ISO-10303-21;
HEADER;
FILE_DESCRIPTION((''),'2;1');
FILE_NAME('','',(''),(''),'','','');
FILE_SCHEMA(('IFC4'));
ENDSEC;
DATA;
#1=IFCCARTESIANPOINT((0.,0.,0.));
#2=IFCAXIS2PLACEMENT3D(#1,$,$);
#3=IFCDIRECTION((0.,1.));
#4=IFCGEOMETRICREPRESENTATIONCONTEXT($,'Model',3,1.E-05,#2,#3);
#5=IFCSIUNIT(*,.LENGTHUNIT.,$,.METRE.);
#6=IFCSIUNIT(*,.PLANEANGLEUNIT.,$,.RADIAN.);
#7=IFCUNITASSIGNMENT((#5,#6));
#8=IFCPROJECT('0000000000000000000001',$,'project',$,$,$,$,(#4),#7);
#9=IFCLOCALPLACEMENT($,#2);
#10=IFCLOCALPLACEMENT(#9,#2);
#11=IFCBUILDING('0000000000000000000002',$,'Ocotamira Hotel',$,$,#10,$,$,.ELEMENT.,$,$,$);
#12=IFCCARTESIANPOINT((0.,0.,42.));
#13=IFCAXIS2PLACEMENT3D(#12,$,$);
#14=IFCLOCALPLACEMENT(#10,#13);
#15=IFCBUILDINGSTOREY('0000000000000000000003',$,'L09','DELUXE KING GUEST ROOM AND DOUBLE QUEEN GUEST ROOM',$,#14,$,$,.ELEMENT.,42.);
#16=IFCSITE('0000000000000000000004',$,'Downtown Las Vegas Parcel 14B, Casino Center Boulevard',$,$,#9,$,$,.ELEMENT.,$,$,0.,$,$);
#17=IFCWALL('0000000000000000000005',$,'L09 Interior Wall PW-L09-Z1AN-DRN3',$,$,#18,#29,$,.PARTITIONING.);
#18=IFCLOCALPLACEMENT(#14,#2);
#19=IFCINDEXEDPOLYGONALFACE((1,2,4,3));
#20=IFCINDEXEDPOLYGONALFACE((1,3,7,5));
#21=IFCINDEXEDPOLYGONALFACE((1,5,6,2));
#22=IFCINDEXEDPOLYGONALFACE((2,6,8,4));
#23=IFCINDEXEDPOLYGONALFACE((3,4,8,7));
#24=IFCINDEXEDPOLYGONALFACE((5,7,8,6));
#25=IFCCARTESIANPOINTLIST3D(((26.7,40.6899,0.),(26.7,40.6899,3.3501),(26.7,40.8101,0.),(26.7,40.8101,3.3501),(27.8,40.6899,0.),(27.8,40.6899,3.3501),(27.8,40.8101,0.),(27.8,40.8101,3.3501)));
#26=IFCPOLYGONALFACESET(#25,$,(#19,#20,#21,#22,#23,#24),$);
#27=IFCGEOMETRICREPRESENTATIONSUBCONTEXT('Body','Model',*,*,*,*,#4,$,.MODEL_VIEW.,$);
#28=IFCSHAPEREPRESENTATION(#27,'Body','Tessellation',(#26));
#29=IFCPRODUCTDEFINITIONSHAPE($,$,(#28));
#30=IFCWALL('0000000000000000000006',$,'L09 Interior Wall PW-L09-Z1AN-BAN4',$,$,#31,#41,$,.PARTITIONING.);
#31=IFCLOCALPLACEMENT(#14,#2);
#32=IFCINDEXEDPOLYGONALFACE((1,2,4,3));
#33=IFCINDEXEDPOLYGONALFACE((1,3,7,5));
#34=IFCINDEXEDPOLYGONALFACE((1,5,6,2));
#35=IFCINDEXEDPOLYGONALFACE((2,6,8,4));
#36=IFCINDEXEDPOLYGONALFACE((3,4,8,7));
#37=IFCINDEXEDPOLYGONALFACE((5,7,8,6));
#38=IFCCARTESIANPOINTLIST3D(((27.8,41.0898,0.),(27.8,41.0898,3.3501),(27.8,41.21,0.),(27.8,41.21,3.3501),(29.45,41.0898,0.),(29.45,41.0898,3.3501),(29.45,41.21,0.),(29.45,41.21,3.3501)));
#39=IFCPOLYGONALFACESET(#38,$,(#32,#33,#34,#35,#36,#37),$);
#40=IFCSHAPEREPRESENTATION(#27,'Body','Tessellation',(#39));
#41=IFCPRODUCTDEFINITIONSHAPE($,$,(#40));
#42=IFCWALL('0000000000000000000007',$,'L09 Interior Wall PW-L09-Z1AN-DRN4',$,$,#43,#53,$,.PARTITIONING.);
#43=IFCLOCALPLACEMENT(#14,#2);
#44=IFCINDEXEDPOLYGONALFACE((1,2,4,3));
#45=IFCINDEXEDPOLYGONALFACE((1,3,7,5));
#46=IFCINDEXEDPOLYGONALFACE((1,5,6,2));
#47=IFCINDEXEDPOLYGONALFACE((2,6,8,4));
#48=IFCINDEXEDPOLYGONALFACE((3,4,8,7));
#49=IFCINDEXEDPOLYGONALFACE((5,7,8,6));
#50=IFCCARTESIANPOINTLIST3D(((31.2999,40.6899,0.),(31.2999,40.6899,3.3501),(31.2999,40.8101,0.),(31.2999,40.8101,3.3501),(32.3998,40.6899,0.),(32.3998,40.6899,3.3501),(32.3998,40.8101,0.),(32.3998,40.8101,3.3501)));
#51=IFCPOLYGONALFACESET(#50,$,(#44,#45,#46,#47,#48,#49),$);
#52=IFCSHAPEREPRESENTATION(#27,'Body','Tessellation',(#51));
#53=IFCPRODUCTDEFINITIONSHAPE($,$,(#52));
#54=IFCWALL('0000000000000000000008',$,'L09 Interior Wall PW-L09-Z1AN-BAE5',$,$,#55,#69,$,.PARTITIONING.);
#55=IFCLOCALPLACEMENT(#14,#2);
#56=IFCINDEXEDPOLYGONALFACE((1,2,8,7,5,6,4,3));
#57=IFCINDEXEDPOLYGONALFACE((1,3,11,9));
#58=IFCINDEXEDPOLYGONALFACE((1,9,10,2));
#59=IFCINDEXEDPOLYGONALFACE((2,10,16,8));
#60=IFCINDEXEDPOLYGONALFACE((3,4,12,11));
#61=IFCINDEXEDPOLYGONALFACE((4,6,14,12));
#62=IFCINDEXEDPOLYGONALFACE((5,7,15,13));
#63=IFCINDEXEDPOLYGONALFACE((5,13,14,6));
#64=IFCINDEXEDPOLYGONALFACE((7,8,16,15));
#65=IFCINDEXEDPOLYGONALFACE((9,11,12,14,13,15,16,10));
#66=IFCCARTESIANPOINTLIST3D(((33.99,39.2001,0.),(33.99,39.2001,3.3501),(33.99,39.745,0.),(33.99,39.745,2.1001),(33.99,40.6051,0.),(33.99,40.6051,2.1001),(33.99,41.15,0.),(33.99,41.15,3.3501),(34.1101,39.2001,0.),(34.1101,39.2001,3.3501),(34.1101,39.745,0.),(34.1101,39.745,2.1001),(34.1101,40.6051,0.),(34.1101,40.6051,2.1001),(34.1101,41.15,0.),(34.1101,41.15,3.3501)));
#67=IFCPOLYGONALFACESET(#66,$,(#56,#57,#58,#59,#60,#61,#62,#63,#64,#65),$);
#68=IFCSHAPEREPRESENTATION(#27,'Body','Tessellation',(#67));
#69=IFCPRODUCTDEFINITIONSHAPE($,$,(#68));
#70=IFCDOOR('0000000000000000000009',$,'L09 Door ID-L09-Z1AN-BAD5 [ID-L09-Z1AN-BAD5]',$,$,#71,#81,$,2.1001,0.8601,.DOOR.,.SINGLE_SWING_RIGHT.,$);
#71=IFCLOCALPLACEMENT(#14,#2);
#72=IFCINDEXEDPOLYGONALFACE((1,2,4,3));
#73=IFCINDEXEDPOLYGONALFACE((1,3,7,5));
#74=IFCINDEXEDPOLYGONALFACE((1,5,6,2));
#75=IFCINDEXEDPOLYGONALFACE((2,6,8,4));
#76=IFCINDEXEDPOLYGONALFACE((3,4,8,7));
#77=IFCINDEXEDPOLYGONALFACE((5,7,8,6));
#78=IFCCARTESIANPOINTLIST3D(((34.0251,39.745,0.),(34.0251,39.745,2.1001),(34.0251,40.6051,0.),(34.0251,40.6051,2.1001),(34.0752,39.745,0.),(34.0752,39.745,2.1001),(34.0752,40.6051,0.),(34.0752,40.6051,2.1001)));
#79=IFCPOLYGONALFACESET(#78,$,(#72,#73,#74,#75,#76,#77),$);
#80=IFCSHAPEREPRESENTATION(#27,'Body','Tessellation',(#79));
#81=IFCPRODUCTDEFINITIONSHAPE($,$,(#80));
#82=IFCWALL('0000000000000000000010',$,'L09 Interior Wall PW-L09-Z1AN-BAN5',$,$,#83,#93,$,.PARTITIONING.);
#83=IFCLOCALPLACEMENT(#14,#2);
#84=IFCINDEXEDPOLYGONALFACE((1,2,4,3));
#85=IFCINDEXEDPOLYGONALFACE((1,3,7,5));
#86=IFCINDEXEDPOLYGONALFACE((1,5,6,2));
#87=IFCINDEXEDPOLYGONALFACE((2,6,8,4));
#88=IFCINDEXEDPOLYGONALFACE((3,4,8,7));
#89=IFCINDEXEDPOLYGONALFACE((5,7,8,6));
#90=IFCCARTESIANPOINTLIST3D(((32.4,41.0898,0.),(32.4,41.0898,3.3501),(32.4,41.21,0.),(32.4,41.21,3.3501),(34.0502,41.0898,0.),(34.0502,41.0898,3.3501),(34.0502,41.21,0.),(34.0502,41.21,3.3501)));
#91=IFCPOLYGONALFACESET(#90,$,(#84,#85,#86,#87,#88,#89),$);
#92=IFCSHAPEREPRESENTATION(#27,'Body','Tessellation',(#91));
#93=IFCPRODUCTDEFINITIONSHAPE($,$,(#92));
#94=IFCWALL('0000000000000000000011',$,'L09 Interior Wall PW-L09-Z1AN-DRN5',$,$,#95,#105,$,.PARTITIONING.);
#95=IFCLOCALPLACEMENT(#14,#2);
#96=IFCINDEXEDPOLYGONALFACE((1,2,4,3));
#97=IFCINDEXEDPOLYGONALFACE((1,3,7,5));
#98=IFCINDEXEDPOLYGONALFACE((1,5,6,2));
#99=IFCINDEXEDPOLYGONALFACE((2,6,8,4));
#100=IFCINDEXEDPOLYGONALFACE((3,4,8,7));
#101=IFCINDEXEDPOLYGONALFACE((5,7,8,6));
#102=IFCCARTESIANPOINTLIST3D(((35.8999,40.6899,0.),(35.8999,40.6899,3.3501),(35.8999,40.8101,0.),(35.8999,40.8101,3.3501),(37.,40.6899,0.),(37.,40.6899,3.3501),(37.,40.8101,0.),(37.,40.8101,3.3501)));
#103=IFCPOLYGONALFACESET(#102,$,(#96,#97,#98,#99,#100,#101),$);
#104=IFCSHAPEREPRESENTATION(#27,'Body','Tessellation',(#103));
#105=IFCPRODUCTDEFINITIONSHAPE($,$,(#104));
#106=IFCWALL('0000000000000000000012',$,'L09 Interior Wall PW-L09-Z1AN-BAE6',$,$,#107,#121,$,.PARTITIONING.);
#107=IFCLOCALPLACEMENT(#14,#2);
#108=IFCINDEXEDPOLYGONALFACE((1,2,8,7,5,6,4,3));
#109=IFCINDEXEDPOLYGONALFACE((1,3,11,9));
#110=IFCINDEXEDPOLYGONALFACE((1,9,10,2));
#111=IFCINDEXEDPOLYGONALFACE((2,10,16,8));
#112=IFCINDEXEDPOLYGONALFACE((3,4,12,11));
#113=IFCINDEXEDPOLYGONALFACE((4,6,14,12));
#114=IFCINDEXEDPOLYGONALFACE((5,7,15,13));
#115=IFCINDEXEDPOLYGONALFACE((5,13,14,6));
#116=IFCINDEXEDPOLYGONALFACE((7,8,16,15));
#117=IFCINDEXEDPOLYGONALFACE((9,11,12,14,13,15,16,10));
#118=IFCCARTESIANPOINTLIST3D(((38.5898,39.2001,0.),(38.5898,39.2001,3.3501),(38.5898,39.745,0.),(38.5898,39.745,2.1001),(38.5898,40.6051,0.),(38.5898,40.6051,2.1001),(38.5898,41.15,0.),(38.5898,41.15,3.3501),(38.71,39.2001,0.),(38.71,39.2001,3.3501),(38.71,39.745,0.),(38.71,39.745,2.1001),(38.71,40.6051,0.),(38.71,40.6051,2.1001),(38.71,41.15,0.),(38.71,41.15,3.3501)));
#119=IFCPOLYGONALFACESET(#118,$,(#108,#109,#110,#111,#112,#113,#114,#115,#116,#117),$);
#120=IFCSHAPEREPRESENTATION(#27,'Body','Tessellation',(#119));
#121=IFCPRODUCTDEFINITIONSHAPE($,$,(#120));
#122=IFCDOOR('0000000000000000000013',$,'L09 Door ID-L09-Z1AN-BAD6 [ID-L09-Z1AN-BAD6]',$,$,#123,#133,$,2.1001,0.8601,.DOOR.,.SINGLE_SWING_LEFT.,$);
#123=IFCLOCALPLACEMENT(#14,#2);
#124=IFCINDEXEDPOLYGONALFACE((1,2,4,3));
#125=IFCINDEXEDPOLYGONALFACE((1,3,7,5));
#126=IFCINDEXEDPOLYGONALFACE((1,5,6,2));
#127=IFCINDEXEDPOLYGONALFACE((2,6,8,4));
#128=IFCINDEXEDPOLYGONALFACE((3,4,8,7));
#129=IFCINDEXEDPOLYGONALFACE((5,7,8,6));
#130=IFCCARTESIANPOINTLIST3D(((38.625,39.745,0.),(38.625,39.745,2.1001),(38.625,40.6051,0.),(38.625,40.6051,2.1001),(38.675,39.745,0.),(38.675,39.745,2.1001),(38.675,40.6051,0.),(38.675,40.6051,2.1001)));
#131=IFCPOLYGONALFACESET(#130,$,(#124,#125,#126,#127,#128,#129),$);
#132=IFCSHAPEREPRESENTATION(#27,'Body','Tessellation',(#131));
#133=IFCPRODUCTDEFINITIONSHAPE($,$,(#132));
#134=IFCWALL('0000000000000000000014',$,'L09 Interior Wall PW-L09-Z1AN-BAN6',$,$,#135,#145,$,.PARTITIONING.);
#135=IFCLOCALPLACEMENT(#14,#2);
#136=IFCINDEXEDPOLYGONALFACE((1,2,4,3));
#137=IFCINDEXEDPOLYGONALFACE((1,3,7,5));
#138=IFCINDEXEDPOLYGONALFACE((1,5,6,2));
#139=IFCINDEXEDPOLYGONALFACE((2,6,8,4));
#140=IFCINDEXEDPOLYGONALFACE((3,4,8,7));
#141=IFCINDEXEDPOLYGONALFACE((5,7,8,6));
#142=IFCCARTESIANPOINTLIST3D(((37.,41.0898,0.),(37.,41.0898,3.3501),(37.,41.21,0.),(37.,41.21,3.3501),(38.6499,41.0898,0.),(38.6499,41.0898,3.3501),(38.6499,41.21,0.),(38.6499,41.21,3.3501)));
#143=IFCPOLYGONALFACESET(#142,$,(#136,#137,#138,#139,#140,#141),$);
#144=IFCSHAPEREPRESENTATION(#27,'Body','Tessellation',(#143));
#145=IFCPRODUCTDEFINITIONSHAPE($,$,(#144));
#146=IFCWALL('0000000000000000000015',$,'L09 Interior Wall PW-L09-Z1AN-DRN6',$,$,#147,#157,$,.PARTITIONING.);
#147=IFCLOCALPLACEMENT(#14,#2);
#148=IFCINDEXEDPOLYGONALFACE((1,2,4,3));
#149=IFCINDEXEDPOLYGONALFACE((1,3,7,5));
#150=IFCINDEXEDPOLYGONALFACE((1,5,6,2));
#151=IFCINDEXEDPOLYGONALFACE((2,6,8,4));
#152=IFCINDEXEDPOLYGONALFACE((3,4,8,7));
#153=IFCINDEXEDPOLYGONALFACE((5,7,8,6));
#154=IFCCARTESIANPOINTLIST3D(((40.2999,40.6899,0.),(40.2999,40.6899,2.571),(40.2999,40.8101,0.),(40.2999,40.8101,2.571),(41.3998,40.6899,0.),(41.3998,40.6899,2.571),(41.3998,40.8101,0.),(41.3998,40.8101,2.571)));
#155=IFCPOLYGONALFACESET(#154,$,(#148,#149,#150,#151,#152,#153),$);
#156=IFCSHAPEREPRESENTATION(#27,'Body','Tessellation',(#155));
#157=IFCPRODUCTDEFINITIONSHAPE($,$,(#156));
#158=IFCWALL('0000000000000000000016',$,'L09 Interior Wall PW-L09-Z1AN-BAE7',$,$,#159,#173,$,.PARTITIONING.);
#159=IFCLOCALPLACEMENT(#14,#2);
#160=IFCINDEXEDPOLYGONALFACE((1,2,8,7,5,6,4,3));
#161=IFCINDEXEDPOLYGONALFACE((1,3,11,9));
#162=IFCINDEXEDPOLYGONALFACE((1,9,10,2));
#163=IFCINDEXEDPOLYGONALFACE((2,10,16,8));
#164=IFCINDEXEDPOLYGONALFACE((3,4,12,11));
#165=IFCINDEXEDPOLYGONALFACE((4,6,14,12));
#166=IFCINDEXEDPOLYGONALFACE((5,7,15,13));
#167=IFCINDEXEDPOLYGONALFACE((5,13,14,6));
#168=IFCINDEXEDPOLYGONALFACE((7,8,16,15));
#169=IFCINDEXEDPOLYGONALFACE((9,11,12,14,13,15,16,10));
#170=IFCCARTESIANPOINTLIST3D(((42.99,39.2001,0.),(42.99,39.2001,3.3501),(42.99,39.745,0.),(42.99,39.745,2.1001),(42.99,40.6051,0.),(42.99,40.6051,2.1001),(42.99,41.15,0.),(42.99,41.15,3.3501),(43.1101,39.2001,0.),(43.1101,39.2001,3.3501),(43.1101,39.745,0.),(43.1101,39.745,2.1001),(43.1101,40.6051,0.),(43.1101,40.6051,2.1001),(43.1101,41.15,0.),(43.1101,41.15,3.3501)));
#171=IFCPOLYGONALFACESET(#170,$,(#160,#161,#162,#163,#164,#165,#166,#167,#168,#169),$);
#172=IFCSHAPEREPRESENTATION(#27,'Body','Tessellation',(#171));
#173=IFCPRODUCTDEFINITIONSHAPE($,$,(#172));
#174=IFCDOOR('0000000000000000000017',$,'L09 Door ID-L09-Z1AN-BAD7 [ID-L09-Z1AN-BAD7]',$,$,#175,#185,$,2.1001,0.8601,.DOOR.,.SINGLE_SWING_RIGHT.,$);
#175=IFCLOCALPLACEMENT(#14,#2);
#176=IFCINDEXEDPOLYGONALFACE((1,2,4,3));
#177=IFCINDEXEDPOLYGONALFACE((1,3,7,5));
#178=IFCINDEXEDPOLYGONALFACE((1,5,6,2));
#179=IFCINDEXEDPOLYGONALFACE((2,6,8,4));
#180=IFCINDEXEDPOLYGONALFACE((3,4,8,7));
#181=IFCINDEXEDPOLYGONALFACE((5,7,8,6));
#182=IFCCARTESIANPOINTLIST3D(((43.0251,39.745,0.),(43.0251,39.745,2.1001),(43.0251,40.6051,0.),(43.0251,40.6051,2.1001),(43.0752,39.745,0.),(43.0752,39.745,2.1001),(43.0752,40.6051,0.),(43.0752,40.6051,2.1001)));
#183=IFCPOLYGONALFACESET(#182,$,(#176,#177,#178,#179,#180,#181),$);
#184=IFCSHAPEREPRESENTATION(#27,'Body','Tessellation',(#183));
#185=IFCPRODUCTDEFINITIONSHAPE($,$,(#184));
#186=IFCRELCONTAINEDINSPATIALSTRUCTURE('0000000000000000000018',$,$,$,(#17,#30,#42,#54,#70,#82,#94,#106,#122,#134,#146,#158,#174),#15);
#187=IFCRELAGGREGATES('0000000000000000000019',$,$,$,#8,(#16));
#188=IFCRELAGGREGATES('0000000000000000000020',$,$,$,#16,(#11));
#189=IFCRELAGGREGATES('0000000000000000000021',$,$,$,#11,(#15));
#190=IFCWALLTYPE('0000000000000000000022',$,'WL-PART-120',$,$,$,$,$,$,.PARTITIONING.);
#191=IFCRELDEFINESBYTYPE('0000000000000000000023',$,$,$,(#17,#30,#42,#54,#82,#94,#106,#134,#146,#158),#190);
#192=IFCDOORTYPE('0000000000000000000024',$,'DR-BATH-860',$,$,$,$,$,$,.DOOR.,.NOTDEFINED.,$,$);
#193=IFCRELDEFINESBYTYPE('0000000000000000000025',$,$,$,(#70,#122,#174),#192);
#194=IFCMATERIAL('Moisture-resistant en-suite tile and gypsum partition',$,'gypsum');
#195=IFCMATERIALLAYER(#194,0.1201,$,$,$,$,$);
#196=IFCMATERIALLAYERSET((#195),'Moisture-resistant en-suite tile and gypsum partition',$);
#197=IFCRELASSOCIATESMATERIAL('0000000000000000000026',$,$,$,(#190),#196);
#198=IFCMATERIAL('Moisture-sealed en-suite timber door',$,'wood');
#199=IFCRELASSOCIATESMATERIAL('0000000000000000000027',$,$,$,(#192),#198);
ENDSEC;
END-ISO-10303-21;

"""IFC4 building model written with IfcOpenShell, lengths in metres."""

from ifc_helpers import new_model, si_unit, direction, frame, frame_2d, origin, place, context, subcontext, project, spatial, rectangle, extrude, source, transform, mapped, material, layer, layer_set, type_object, element, fill, save


model = new_model("IFC4")

# Units and contexts
model_context = context("Model", 3, precision=1e-05, world=origin(), true_north=direction((0.0, 1.0)))
body_context = subcontext(model_context, "Body", "Model", "MODEL_VIEW")
ifc_project = project(units=[si_unit("LENGTHUNIT", "METRE"), si_unit("PLANEANGLEUNIT", "RADIAN")], contexts=[model_context])

# Site, building, storey
site_placement = place(None, origin())
site = spatial("IfcSite", under=ifc_project, at=site_placement, Name="Downtown Las Vegas Parcel 14B, Casino Center Boulevard", CompositionType="ELEMENT", RefElevation=0.0)
building_placement = place(site_placement, origin())
building = spatial("IfcBuilding", under=site, at=building_placement, Name="Ocotamira Hotel", CompositionType="ELEMENT")
storey_placement = place(building_placement, frame((0.0, 0.0, 42.0)))
storey = spatial("IfcBuildingStorey", under=building, at=storey_placement, Name="L09", Description="DELUXE KING GUEST ROOM AND DOUBLE QUEEN GUEST ROOM", CompositionType="ELEMENT", Elevation=42.0)

# Walls
ifc_material_1 = material(Name="Moisture-resistant en-suite tile and gypsum partition", Category="gypsum")
ifc_layer_1 = layer(ifc_material_1, 0.1201)
ifc_layer_set_1 = layer_set([ifc_layer_1], Name="Moisture-resistant en-suite tile and gypsum partition")
wall_type_1 = type_object("IfcWallType", Name="WL-PART-120", PredefinedType="PARTITIONING", material=ifc_layer_set_1)
wall_1_placement = place(storey_placement, frame((26.7, 40.75, 0.0), z_axis=(0.0, 0.0, 1.0), x_axis=(1.0, 0.0, 0.0)))
element("IfcWall", 1, at=wall_1_placement, inside=storey, type_object=wall_type_1, Name="L09 Interior Wall PW-L09-Z1AN-DRN3", PredefinedType="PARTITIONING", context=body_context, shape_type="SweptSolid", body=[
    extrude(rectangle(XDim=1.1001, YDim=0.1201, at=frame_2d((0.55, 0.0))), origin(), (0.0, 0.0, 1.0), 3.3501),
])
wall_2_placement = place(storey_placement, frame((27.8, 41.1499, 0.0), z_axis=(0.0, 0.0, 1.0), x_axis=(1.0, 0.0, 0.0)))
element("IfcWall", 2, at=wall_2_placement, inside=storey, type_object=wall_type_1, Name="L09 Interior Wall PW-L09-Z1AN-BAN4", PredefinedType="PARTITIONING", context=body_context, shape_type="SweptSolid", body=[
    extrude(rectangle(XDim=1.6499, YDim=0.1201, at=frame_2d((0.825, 0.0))), origin(), (0.0, 0.0, 1.0), 3.3501),
])
wall_3_placement = place(storey_placement, frame((31.3, 40.75, 0.0), z_axis=(0.0, 0.0, 1.0), x_axis=(1.0, 0.0, 0.0)))
element("IfcWall", 3, at=wall_3_placement, inside=storey, type_object=wall_type_1, Name="L09 Interior Wall PW-L09-Z1AN-DRN4", PredefinedType="PARTITIONING", context=body_context, shape_type="SweptSolid", body=[
    extrude(rectangle(XDim=1.0999, YDim=0.1201, at=frame_2d((0.5498, 0.0))), origin(), (0.0, 0.0, 1.0), 3.3501),
])

# Wall, opening, door
wall_4_placement = place(storey_placement, frame((34.05, 39.2, 0.0), z_axis=(0.0, 0.0, 1.0), x_axis=(0.0, 1.0, 0.0)))
wall_4 = element("IfcWall", 4, at=wall_4_placement, inside=storey, type_object=wall_type_1, Name="L09 Interior Wall PW-L09-Z1AN-BAE5", PredefinedType="PARTITIONING", context=body_context, shape_type="SweptSolid", body=[
    extrude(rectangle(XDim=1.95, YDim=0.1201, at=frame_2d((0.9751, 0.0))), origin(), (0.0, 0.0, 1.0), 3.3501),
])
opening_1_placement = place(wall_4_placement, frame((0.5449, 0.0, 0.0)))
opening_1 = element("IfcOpeningElement", 5, at=opening_1_placement, cuts=wall_4, PredefinedType="OPENING", context=body_context, shape_type="SweptSolid", body=[
    extrude(rectangle(XDim=0.8601, YDim=2.1001, at=frame_2d((0.4302, 1.05))), frame((0.0, 0.0701, 0.0), z_axis=(0.0, -1.0, 0.0), x_axis=(1.0, 0.0, 0.0)), (0.0, 0.0, 1.0), 0.1401),
])
ifc_material_2 = material(Name="Moisture-sealed en-suite timber door", Category="wood")
door_type = type_object("IfcDoorType", Name="DR-BATH-860", OperationType="NOTDEFINED", PredefinedType="DOOR", material=ifc_material_2)
shared_shape_1 = source(origin(), body_context, "Body", "SweptSolid", [
    extrude(rectangle(XDim=0.8601, YDim=2.1001, at=frame_2d((0.4302, 1.05))), frame((0.0, 0.0249, 0.0), z_axis=(0.0, -1.0, 0.0), x_axis=(1.0, 0.0, 0.0)), (0.0, 0.0, 1.0), 0.05),
])
door_1_placement = place(opening_1_placement, origin())
door_1 = element("IfcDoor", 6, at=door_1_placement, inside=storey, type_object=door_type, Name="L09 Door ID-L09-Z1AN-BAD5 [ID-L09-Z1AN-BAD5]", OperationType="SINGLE_SWING_RIGHT", OverallHeight=2.1001, OverallWidth=0.8601, PredefinedType="DOOR", context=body_context, shape_type="MappedRepresentation", body=[
    mapped(shared_shape_1, transform((0.0, 0.0, 0.0), scale=1.0)),
])
fill(opening_1, door_1)

# Walls
wall_5_placement = place(storey_placement, frame((32.3999, 41.1499, 0.0), z_axis=(0.0, 0.0, 1.0), x_axis=(1.0, 0.0, 0.0)))
element("IfcWall", 7, at=wall_5_placement, inside=storey, type_object=wall_type_1, Name="L09 Interior Wall PW-L09-Z1AN-BAN5", PredefinedType="PARTITIONING", context=body_context, shape_type="SweptSolid", body=[
    extrude(rectangle(XDim=1.6501, YDim=0.1201, at=frame_2d((0.8252, 0.0))), origin(), (0.0, 0.0, 1.0), 3.3501),
])
wall_6_placement = place(storey_placement, frame((35.8999, 40.75, 0.0), z_axis=(0.0, 0.0, 1.0), x_axis=(1.0, 0.0, 0.0)))
element("IfcWall", 8, at=wall_6_placement, inside=storey, type_object=wall_type_1, Name="L09 Interior Wall PW-L09-Z1AN-DRN5", PredefinedType="PARTITIONING", context=body_context, shape_type="SweptSolid", body=[
    extrude(rectangle(XDim=1.1001, YDim=0.1201, at=frame_2d((0.55, 0.0))), origin(), (0.0, 0.0, 1.0), 3.3501),
])

# Wall, opening, door
wall_7_placement = place(storey_placement, frame((38.6499, 39.2, 0.0), z_axis=(0.0, 0.0, 1.0), x_axis=(0.0, 1.0, 0.0)))
wall_7 = element("IfcWall", 9, at=wall_7_placement, inside=storey, type_object=wall_type_1, Name="L09 Interior Wall PW-L09-Z1AN-BAE6", PredefinedType="PARTITIONING", context=body_context, shape_type="SweptSolid", body=[
    extrude(rectangle(XDim=1.95, YDim=0.1201, at=frame_2d((0.9751, 0.0))), origin(), (0.0, 0.0, 1.0), 3.3501),
])
opening_2_placement = place(wall_7_placement, frame((0.5449, 0.0, 0.0)))
opening_2 = element("IfcOpeningElement", 10, at=opening_2_placement, cuts=wall_7, PredefinedType="OPENING", context=body_context, shape_type="SweptSolid", body=[
    extrude(rectangle(XDim=0.8601, YDim=2.1001, at=frame_2d((0.4302, 1.05))), frame((0.0, 0.0701, 0.0), z_axis=(0.0, -1.0, 0.0), x_axis=(1.0, 0.0, 0.0)), (0.0, 0.0, 1.0), 0.1401),
])
door_2_placement = place(opening_2_placement, origin())
door_2 = element("IfcDoor", 11, at=door_2_placement, inside=storey, type_object=door_type, Name="L09 Door ID-L09-Z1AN-BAD6 [ID-L09-Z1AN-BAD6]", OperationType="SINGLE_SWING_LEFT", OverallHeight=2.1001, OverallWidth=0.8601, PredefinedType="DOOR", context=body_context, shape_type="MappedRepresentation", body=[
    mapped(shared_shape_1, transform((0.0, 0.0, 0.0), scale=1.0)),
])
fill(opening_2, door_2)

# Walls
wall_8_placement = place(storey_placement, frame((37.0, 41.1499, 0.0), z_axis=(0.0, 0.0, 1.0), x_axis=(1.0, 0.0, 0.0)))
element("IfcWall", 12, at=wall_8_placement, inside=storey, type_object=wall_type_1, Name="L09 Interior Wall PW-L09-Z1AN-BAN6", PredefinedType="PARTITIONING", context=body_context, shape_type="SweptSolid", body=[
    extrude(rectangle(XDim=1.6499, YDim=0.1201, at=frame_2d((0.825, 0.0))), origin(), (0.0, 0.0, 1.0), 3.3501),
])
wall_9_placement = place(storey_placement, frame((40.3, 40.75, 0.0), z_axis=(0.0, 0.0, 1.0), x_axis=(1.0, 0.0, 0.0)))
element("IfcWall", 13, at=wall_9_placement, inside=storey, type_object=wall_type_1, Name="L09 Interior Wall PW-L09-Z1AN-DRN6", PredefinedType="PARTITIONING", context=body_context, shape_type="SweptSolid", body=[
    extrude(rectangle(XDim=1.0999, YDim=0.1201, at=frame_2d((0.5498, 0.0))), origin(), (0.0, 0.0, 1.0), 2.571),
])

# Wall, opening, door
wall_10_placement = place(storey_placement, frame((43.05, 39.2, 0.0), z_axis=(0.0, 0.0, 1.0), x_axis=(0.0, 1.0, 0.0)))
wall_10 = element("IfcWall", 14, at=wall_10_placement, inside=storey, type_object=wall_type_1, Name="L09 Interior Wall PW-L09-Z1AN-BAE7", PredefinedType="PARTITIONING", context=body_context, shape_type="SweptSolid", body=[
    extrude(rectangle(XDim=1.95, YDim=0.1201, at=frame_2d((0.9751, 0.0))), origin(), (0.0, 0.0, 1.0), 3.3501),
])
opening_3_placement = place(wall_10_placement, frame((0.5449, 0.0, 0.0)))
opening_3 = element("IfcOpeningElement", 15, at=opening_3_placement, cuts=wall_10, PredefinedType="OPENING", context=body_context, shape_type="SweptSolid", body=[
    extrude(rectangle(XDim=0.8601, YDim=2.1001, at=frame_2d((0.4302, 1.05))), frame((0.0, 0.0701, 0.0), z_axis=(0.0, -1.0, 0.0), x_axis=(1.0, 0.0, 0.0)), (0.0, 0.0, 1.0), 0.1401),
])
door_3_placement = place(opening_3_placement, origin())
door_3 = element("IfcDoor", 16, at=door_3_placement, inside=storey, type_object=door_type, Name="L09 Door ID-L09-Z1AN-BAD7 [ID-L09-Z1AN-BAD7]", OperationType="SINGLE_SWING_RIGHT", OverallHeight=2.1001, OverallWidth=0.8601, PredefinedType="DOOR", context=body_context, shape_type="MappedRepresentation", body=[
    mapped(shared_shape_1, transform((0.0, 0.0, 0.0), scale=1.0)),
])
fill(opening_3, door_3)

save(model, "model.ifc")
